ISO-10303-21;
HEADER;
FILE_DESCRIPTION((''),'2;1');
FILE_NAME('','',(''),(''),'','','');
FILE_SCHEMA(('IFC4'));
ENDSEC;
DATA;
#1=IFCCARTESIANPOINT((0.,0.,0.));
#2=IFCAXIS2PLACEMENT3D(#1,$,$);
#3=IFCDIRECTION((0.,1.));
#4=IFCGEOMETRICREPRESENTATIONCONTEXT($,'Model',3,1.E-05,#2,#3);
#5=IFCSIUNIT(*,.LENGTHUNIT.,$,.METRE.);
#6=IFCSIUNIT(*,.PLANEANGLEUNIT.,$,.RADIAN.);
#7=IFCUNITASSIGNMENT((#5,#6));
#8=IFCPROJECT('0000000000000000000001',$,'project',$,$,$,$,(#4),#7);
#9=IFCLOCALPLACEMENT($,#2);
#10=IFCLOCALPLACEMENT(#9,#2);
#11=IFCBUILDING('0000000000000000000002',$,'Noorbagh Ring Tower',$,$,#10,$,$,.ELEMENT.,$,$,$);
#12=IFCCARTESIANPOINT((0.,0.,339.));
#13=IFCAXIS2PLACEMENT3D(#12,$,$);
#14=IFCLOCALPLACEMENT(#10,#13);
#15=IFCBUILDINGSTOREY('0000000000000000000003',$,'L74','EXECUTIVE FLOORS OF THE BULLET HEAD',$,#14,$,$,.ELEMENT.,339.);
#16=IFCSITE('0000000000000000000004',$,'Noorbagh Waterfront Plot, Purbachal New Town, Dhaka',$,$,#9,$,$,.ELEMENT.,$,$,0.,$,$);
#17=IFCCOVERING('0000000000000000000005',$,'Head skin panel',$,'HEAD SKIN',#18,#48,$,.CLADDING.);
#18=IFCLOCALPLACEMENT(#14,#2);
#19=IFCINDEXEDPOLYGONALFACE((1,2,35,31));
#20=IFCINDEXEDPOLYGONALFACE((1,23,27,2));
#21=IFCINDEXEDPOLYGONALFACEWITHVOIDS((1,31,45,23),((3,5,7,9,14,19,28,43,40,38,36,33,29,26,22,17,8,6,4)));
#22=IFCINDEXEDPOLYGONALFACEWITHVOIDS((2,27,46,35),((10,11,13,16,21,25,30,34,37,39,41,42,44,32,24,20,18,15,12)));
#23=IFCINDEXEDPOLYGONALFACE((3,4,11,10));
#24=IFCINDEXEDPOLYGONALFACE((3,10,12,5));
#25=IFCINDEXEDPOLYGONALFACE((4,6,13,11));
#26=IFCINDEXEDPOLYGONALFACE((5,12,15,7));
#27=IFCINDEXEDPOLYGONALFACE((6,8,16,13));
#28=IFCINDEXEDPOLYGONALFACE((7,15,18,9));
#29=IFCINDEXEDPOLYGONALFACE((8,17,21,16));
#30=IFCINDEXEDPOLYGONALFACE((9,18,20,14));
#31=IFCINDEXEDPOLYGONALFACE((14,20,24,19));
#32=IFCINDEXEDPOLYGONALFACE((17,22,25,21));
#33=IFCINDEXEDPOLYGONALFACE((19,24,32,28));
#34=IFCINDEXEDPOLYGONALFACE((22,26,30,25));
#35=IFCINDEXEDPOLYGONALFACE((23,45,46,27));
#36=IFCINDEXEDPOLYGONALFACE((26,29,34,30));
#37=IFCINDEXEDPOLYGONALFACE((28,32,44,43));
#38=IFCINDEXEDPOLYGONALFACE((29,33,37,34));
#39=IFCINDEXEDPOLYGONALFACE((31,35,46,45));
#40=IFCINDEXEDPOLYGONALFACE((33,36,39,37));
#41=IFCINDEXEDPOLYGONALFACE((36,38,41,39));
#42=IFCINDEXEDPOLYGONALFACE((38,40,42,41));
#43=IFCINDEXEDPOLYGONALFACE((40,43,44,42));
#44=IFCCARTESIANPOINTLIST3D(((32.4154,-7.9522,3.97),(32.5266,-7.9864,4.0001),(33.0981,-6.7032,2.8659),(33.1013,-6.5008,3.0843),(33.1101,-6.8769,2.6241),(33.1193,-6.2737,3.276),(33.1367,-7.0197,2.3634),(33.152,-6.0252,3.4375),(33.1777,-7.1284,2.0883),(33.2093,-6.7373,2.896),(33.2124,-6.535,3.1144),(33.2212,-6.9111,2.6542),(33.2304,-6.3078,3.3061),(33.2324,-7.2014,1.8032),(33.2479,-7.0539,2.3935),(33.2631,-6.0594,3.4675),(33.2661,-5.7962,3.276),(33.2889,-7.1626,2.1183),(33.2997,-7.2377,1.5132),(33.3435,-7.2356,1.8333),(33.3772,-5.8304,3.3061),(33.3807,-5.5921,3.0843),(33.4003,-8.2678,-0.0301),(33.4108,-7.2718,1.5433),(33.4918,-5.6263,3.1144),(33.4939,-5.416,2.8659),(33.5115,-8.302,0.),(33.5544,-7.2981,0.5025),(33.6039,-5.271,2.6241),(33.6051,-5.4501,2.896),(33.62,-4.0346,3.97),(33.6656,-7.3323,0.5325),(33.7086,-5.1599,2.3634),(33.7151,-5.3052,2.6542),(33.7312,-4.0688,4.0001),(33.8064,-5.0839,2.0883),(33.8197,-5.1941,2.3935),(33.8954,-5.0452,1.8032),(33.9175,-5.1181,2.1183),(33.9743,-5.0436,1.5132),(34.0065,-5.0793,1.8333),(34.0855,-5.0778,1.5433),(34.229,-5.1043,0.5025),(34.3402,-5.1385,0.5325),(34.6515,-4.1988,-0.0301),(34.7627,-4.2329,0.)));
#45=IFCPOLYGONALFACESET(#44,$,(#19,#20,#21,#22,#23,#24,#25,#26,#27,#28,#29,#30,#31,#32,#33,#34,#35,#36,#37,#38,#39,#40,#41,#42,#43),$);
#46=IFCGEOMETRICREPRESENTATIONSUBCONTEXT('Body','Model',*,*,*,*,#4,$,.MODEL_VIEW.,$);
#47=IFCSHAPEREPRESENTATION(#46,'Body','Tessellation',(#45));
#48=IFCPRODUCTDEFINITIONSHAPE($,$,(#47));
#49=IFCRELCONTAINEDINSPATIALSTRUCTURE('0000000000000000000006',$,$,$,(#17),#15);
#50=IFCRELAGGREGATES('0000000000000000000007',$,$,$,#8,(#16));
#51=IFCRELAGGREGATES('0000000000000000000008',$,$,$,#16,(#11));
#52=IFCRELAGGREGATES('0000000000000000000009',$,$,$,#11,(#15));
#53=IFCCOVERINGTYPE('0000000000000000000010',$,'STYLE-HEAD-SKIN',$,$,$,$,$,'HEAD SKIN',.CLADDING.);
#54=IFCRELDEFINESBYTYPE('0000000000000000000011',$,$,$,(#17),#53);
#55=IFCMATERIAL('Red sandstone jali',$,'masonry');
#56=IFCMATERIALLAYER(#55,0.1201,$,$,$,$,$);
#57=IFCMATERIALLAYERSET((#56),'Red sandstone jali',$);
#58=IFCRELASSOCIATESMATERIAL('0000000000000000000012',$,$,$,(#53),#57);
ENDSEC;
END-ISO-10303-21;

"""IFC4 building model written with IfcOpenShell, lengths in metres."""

from ifc_helpers import new_model, si_unit, direction, frame, origin, place, context, subcontext, project, spatial, polyline, outline, extrude, material, layer, layer_set, type_object, element, save


model = new_model("IFC4")

# Units and contexts
model_context = context("Model", 3, precision=1e-05, world=origin(), true_north=direction((0.0, 1.0)))
body_context = subcontext(model_context, "Body", "Model", "MODEL_VIEW")
ifc_project = project(units=[si_unit("LENGTHUNIT", "METRE"), si_unit("PLANEANGLEUNIT", "RADIAN")], contexts=[model_context])

# Site, building, storey
site_placement = place(None, origin())
site = spatial("IfcSite", under=ifc_project, at=site_placement, Name="Noorbagh Waterfront Plot, Purbachal New Town, Dhaka", CompositionType="ELEMENT", RefElevation=0.0)
building_placement = place(site_placement, origin())
building = spatial("IfcBuilding", under=site, at=building_placement, Name="Noorbagh Ring Tower", CompositionType="ELEMENT")
storey_placement = place(building_placement, frame((0.0, 0.0, 339.0)))
storey = spatial("IfcBuildingStorey", under=building, at=storey_placement, Name="L74", Description="EXECUTIVE FLOORS OF THE BULLET HEAD", CompositionType="ELEMENT", Elevation=339.0)

# Covering
ifc_material_1 = material(Name="Red sandstone jali", Category="masonry")
ifc_layer_1 = layer(ifc_material_1, 0.1201)
ifc_layer_set_1 = layer_set([ifc_layer_1], Name="Red sandstone jali")
covering_type_1 = type_object("IfcCoveringType", Name="STYLE-HEAD-SKIN", ElementType="HEAD SKIN", PredefinedType="CLADDING", material=ifc_layer_set_1)
covering_1_placement = place(storey_placement, frame((33.5115, -8.302, 0.0), z_axis=(0.925405, -0.284555, 0.250307), x_axis=(0.293911, 0.955833, 0.0)))
element("IfcCovering", 1, at=covering_1_placement, inside=storey, type_object=covering_type_1, Name="Head skin panel", ObjectType="HEAD SKIN", PredefinedType="CLADDING", context=body_context, shape_type="SweptSolid", body=[
    extrude(outline(polyline([(0.0, 0.0), (4.2571, 0.0), (4.1108, 4.1316), (0.0122, 4.1316), (0.0, 0.0)]), holes=[polyline([(0.9722, 0.55), (0.9551, 1.594), (0.97, 1.8936), (1.0237, 2.188), (1.1155, 2.4722), (1.2441, 2.7415), (1.4067, 2.9912), (1.6011, 3.2168), (1.8235, 3.4148), (2.0706, 3.5815), (2.323, 3.4148), (2.5518, 3.2168), (2.7534, 2.9912), (2.9243, 2.7415), (3.0613, 2.4722), (3.1626, 2.188), (3.2258, 1.8936), (3.2505, 1.594), (3.2673, 0.55), (0.9722, 0.55)])]), origin(), (0.0, 0.0, -1.0), 0.1201),
])

save(model, "model.ifc")
